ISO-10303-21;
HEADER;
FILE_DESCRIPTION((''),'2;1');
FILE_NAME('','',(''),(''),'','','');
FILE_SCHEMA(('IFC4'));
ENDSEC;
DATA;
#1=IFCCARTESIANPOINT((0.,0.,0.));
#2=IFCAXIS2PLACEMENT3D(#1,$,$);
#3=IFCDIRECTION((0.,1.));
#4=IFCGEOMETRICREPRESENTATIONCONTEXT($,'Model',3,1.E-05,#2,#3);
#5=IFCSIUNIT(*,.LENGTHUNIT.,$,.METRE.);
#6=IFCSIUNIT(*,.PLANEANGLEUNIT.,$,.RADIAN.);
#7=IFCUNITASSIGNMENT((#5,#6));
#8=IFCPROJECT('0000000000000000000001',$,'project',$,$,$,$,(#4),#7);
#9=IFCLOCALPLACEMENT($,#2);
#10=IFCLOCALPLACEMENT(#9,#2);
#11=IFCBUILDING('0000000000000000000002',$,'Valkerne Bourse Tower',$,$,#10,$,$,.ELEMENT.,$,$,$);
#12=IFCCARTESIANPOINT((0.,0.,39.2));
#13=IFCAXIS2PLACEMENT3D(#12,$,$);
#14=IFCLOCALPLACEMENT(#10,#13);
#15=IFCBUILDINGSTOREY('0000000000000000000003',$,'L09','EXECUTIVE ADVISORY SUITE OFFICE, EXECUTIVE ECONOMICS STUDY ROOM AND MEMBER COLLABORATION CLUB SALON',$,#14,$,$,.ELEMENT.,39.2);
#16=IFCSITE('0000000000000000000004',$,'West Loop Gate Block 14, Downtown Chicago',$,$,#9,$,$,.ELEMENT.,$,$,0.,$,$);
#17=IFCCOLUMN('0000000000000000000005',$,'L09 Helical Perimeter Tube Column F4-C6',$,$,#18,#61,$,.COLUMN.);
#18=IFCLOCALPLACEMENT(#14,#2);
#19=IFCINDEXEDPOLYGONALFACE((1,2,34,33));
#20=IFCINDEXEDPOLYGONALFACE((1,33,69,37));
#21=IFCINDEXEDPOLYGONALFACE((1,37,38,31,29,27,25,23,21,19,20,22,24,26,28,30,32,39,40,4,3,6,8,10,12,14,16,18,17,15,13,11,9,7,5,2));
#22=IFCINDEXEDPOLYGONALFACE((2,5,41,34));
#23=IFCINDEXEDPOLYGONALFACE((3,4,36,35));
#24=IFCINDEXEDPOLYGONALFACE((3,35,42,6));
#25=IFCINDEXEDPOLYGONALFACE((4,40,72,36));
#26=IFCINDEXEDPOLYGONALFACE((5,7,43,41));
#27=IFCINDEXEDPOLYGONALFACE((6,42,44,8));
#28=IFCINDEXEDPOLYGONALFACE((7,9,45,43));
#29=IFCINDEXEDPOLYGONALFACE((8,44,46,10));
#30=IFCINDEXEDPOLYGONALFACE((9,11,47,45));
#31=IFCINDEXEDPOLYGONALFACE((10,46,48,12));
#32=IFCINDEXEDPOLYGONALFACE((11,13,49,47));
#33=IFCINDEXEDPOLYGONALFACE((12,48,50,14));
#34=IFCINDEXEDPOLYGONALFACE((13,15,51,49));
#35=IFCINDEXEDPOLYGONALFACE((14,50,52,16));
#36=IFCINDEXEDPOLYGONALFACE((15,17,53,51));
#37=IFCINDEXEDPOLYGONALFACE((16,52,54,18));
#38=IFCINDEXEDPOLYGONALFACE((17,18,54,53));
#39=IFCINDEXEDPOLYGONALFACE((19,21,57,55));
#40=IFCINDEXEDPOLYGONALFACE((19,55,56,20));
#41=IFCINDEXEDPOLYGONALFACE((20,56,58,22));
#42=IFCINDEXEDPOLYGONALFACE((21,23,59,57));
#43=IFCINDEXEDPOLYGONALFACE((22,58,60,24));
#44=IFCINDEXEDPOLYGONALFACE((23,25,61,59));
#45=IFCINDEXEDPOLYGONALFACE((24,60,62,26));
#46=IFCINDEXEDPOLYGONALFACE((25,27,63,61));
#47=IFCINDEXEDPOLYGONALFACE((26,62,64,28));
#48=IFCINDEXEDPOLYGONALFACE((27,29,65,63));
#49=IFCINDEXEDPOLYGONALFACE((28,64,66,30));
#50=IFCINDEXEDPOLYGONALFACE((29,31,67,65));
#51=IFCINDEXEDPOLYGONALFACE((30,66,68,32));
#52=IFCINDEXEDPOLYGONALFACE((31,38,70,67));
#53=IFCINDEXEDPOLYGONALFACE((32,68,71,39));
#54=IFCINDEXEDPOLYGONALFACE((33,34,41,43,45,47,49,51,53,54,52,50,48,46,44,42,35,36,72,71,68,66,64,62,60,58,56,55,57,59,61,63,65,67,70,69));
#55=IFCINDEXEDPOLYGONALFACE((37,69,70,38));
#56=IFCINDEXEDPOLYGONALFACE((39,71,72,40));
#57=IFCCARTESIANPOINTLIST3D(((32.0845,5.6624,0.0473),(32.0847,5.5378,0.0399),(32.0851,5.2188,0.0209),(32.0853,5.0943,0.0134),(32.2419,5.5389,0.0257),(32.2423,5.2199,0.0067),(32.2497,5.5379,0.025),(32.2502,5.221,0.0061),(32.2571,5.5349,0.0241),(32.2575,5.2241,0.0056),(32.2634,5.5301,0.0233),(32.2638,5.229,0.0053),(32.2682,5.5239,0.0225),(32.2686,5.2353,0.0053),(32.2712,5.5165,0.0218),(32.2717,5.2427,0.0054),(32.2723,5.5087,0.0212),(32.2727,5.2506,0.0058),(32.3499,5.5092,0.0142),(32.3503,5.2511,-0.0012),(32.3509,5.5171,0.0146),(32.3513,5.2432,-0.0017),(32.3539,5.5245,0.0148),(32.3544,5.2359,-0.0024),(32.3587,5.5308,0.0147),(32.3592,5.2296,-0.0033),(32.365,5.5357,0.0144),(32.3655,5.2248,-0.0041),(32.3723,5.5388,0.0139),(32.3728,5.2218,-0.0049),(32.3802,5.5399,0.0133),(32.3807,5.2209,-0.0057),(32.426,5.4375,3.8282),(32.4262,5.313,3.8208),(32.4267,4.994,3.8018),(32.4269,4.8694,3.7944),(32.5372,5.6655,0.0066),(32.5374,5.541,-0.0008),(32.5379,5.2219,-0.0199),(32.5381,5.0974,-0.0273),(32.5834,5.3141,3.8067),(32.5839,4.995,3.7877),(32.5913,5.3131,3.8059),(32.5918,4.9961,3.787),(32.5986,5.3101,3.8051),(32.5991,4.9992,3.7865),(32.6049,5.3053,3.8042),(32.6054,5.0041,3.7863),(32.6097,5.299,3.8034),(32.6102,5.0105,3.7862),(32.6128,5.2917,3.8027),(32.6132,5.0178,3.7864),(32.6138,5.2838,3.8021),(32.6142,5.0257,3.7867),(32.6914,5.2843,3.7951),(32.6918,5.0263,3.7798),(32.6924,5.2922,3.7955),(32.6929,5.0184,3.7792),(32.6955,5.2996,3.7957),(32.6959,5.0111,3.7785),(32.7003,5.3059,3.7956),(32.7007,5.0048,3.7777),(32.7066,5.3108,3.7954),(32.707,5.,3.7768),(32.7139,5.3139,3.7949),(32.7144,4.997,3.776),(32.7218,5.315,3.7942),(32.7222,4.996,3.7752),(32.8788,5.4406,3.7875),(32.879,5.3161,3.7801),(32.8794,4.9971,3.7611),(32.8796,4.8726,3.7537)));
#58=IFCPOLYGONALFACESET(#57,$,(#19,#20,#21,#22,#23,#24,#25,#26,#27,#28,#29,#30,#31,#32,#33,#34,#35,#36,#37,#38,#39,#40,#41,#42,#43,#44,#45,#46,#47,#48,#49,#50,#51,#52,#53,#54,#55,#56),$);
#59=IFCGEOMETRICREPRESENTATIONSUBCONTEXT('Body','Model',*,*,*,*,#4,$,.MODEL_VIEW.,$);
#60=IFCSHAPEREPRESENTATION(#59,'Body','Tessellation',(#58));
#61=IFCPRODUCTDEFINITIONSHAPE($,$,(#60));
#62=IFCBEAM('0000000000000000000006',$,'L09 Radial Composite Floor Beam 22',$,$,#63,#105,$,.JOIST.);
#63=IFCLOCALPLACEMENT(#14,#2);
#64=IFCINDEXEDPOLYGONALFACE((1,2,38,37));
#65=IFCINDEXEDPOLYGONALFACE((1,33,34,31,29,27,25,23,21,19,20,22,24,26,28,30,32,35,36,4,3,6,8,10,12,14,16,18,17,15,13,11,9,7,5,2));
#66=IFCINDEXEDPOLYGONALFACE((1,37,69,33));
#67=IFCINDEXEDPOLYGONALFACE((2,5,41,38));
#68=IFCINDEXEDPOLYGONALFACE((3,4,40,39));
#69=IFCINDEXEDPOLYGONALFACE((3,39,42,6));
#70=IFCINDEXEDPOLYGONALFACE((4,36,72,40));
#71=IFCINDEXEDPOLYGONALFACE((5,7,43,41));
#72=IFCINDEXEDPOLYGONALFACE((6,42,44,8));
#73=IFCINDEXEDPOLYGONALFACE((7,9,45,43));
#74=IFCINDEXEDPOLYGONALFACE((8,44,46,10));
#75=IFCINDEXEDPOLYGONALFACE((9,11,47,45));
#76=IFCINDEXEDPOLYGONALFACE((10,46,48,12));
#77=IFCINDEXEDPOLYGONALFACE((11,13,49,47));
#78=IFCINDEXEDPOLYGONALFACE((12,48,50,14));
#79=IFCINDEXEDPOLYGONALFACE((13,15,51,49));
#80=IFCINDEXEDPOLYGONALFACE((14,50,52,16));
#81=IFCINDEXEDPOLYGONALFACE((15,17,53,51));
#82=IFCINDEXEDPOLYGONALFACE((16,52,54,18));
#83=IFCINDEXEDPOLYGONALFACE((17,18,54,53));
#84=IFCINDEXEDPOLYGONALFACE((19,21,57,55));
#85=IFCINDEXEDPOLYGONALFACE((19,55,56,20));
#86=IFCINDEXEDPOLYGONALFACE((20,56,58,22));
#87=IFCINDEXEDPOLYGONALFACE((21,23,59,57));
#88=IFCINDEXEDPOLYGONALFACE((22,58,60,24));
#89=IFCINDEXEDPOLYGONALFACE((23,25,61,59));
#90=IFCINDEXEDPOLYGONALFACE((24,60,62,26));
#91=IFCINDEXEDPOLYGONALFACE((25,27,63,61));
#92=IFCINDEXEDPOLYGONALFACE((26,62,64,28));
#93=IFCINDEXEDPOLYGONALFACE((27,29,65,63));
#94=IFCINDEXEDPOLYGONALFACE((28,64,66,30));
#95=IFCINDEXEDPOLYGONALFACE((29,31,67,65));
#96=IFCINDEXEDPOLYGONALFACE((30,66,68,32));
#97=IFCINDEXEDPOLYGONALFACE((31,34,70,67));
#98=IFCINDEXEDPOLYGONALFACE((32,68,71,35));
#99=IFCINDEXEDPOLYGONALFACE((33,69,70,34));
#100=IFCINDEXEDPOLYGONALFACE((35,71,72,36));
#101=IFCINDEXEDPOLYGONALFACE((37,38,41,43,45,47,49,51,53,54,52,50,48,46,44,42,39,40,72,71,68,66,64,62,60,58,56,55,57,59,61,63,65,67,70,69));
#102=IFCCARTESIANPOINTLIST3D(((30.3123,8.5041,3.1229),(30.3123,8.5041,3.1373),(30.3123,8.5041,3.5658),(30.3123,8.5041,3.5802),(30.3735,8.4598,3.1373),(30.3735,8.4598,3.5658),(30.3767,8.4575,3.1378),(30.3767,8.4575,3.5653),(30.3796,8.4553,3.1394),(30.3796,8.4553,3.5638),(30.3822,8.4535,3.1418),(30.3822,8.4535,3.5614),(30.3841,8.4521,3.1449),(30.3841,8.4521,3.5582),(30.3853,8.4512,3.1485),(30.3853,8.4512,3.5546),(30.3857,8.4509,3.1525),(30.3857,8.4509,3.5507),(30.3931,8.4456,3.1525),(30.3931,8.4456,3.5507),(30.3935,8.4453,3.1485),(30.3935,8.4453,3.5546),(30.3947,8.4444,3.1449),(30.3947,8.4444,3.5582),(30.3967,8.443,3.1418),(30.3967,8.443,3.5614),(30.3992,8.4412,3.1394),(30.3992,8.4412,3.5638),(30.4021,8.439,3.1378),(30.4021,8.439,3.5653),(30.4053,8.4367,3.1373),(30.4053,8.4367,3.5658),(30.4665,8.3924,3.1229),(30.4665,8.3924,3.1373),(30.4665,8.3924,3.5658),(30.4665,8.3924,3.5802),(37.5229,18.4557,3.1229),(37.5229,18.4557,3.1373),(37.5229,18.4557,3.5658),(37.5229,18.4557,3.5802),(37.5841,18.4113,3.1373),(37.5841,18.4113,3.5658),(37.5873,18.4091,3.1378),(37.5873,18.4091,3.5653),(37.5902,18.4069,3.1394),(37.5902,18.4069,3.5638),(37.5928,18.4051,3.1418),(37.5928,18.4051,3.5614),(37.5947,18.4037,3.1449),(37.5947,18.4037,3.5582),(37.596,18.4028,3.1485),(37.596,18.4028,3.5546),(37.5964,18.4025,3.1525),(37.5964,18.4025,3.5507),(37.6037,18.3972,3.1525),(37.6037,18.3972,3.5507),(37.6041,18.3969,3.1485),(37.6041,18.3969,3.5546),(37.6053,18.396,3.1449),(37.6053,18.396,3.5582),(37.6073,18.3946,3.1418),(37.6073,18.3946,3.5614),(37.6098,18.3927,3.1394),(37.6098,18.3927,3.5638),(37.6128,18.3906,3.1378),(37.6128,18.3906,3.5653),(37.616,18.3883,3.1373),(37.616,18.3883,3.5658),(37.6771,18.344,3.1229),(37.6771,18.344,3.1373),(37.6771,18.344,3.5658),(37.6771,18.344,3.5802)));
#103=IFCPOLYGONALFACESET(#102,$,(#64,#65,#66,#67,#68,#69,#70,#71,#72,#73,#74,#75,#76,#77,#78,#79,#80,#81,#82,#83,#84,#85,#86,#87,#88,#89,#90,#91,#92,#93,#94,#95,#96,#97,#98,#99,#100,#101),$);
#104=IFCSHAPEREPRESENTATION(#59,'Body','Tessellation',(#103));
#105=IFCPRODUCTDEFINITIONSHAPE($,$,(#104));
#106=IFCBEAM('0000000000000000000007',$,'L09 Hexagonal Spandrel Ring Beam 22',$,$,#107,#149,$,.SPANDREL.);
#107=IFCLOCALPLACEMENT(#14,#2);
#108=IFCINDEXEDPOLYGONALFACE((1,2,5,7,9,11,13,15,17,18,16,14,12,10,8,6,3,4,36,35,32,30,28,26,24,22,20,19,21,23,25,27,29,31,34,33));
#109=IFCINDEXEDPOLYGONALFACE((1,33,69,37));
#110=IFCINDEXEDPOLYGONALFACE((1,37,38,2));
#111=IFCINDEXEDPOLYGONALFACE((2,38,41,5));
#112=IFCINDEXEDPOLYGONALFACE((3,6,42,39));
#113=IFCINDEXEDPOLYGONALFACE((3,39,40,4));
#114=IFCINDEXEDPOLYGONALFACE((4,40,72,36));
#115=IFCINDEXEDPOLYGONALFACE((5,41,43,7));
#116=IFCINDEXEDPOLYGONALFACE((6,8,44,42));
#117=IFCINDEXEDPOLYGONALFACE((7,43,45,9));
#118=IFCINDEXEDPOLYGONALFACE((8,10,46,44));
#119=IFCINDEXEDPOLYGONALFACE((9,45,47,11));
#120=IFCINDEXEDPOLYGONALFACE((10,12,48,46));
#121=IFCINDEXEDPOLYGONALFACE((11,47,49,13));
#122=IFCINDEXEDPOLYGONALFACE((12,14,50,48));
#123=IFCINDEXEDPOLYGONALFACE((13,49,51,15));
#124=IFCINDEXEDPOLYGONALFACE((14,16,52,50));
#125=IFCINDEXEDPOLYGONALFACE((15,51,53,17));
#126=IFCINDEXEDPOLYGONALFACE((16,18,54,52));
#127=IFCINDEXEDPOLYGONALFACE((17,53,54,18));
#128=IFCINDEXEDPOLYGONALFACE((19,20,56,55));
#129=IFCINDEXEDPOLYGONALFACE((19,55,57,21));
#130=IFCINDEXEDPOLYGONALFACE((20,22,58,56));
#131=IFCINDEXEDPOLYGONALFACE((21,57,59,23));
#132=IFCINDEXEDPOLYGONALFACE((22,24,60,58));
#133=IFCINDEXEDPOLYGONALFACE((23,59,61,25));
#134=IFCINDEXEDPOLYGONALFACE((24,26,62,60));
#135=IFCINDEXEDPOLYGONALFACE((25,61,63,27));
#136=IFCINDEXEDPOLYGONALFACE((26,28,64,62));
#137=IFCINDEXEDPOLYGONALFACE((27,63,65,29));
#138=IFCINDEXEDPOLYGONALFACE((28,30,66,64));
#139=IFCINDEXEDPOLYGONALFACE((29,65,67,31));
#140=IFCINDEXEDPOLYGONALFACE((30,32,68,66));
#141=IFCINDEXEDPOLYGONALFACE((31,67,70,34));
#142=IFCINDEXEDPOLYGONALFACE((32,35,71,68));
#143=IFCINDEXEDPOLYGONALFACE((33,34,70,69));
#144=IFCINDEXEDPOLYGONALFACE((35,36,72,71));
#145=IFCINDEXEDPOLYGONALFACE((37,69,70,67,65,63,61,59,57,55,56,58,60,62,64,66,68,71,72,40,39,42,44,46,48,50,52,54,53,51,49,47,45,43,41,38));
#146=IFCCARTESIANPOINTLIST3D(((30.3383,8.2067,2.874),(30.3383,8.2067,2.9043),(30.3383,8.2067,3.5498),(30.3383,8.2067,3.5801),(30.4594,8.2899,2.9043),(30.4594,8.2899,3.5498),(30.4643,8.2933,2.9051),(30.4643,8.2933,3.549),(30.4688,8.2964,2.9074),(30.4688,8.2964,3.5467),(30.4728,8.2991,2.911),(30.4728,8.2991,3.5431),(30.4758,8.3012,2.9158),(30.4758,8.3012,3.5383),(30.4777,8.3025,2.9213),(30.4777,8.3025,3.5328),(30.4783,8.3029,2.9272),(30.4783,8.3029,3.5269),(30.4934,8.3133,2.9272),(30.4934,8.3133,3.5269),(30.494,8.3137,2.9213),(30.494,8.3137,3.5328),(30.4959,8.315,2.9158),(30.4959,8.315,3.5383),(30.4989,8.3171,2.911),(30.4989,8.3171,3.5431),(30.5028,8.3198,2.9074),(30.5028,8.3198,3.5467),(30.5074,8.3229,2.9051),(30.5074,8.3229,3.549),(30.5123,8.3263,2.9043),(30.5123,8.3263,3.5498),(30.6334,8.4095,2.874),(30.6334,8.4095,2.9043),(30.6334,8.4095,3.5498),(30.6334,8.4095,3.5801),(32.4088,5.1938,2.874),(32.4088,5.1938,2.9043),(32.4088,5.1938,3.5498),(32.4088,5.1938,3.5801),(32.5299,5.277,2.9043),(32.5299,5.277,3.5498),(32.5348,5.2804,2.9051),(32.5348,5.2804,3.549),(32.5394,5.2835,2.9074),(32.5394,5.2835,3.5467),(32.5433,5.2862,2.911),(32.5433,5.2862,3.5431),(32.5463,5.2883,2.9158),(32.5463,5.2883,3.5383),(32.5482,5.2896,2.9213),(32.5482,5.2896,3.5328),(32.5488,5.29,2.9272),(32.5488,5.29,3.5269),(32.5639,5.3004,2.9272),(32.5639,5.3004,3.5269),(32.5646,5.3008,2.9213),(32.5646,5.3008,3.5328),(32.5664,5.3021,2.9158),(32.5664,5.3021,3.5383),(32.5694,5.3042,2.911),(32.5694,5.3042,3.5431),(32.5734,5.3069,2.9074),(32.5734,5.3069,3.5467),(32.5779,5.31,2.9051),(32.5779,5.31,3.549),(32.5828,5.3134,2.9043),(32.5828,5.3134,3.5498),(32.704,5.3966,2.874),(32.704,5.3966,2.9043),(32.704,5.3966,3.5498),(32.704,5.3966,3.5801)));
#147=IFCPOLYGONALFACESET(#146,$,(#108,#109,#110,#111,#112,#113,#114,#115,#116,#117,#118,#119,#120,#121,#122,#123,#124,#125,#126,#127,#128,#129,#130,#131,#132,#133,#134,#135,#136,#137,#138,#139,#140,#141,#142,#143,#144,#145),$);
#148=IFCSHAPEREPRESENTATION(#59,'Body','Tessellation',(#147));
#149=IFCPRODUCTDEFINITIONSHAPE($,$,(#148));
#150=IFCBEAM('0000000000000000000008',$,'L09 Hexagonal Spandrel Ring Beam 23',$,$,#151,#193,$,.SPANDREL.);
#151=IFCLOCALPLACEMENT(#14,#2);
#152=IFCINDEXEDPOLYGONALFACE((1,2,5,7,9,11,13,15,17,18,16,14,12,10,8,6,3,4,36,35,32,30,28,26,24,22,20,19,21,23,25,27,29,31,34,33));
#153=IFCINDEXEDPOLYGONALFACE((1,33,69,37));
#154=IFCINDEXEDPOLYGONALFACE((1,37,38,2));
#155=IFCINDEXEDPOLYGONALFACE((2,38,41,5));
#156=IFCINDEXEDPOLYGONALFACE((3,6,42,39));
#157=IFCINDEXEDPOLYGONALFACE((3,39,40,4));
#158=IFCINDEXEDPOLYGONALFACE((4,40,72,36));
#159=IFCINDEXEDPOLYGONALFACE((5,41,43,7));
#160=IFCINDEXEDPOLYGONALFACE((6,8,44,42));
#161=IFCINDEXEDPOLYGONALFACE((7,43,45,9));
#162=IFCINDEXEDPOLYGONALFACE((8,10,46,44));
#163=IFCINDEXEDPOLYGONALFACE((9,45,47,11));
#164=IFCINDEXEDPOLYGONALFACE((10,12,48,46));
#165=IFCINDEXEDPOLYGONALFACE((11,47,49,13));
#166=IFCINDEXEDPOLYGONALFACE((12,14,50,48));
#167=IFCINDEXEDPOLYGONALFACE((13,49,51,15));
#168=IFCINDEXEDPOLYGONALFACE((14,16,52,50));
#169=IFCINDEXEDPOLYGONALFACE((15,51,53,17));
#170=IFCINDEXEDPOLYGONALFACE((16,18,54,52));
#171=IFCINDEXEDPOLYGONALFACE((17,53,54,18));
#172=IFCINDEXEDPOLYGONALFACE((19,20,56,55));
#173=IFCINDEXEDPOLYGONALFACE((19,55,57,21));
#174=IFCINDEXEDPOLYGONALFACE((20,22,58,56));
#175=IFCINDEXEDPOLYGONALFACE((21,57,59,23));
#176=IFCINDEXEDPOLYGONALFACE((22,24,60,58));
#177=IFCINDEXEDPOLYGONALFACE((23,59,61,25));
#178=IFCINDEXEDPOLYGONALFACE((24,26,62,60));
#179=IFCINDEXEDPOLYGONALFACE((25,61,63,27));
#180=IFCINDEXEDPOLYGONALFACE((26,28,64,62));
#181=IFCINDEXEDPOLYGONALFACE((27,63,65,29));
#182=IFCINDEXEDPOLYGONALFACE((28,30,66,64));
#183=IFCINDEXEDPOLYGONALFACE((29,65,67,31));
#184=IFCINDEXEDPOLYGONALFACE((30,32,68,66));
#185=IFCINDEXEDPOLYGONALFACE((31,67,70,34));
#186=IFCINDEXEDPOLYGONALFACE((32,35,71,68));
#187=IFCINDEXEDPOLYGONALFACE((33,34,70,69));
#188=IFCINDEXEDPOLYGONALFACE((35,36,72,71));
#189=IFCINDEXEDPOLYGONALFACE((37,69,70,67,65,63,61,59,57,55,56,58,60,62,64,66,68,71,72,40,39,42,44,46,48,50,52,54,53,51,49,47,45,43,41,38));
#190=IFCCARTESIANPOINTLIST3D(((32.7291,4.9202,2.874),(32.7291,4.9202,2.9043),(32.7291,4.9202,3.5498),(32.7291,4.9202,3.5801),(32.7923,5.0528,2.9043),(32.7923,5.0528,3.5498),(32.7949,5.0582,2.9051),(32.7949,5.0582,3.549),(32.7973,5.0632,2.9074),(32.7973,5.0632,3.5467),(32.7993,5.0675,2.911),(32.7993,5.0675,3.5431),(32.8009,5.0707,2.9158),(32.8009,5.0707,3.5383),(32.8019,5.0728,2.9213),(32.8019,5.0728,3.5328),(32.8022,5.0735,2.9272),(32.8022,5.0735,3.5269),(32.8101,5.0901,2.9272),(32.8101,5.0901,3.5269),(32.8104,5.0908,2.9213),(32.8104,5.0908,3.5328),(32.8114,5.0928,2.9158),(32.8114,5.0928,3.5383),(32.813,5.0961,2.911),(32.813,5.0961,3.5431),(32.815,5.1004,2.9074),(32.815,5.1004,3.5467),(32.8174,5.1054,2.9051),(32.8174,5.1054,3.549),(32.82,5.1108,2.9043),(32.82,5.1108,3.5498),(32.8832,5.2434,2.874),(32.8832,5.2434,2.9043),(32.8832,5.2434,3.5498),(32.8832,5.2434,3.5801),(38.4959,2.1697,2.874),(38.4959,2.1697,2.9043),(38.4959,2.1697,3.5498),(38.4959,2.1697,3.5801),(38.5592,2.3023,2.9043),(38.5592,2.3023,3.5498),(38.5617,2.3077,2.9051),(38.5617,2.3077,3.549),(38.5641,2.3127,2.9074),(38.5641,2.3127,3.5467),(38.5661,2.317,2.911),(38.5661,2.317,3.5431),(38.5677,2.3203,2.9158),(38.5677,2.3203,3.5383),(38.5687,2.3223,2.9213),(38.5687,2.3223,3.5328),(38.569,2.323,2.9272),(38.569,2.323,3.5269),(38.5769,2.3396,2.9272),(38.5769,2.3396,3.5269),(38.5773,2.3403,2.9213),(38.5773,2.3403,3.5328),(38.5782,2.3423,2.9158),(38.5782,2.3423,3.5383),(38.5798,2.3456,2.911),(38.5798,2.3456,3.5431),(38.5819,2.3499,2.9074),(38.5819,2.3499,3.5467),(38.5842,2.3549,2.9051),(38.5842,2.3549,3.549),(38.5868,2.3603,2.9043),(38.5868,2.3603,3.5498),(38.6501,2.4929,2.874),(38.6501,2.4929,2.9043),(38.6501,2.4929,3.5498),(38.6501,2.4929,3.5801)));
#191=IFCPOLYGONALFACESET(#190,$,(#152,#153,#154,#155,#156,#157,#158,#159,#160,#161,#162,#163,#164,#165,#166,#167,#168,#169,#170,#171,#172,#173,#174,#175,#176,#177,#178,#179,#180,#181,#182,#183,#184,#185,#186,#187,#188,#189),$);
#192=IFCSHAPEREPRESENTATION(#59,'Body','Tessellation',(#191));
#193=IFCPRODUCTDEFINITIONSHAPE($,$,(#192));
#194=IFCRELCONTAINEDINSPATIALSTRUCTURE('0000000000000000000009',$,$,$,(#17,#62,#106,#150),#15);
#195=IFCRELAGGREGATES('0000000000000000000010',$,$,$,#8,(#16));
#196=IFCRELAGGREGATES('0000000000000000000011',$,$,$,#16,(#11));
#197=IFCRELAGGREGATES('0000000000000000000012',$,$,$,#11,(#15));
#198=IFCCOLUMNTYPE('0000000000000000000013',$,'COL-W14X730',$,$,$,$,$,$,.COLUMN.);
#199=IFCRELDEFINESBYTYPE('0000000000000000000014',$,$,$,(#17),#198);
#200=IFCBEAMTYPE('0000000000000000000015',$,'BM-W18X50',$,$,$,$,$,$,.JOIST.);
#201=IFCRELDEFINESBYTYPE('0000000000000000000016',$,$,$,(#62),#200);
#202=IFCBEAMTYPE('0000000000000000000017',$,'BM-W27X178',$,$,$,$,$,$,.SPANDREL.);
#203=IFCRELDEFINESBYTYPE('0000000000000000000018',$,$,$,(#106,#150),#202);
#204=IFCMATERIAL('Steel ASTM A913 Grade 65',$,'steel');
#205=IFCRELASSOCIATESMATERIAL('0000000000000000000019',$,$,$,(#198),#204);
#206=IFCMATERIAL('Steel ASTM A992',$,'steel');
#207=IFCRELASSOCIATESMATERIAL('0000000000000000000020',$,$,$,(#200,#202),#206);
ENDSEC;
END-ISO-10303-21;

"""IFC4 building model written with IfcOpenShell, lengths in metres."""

from ifc_helpers import new_model, si_unit, direction, frame, origin, origin_2d, place, context, subcontext, project, spatial, i_section, extrude, material, material_profile, profile_set, type_object, element, save


model = new_model("IFC4")

# Units and contexts
model_context = context("Model", 3, precision=1e-05, world=origin(), true_north=direction((0.0, 1.0)))
body_context = subcontext(model_context, "Body", "Model", "MODEL_VIEW")
ifc_project = project(units=[si_unit("LENGTHUNIT", "METRE"), si_unit("PLANEANGLEUNIT", "RADIAN")], contexts=[model_context])

# Site, building, storey
site_placement = place(None, origin())
site = spatial("IfcSite", under=ifc_project, at=site_placement, Name="West Loop Gate Block 14, Downtown Chicago", CompositionType="ELEMENT", RefElevation=0.0)
building_placement = place(site_placement, origin())
building = spatial("IfcBuilding", under=site, at=building_placement, Name="Valkerne Bourse Tower", CompositionType="ELEMENT")
storey_placement = place(building_placement, frame((0.0, 0.0, 39.2)))
storey = spatial("IfcBuildingStorey", under=building, at=storey_placement, Name="L09", Description="EXECUTIVE ADVISORY SUITE OFFICE, EXECUTIVE ECONOMICS STUDY ROOM AND MEMBER COLLABORATION CLUB SALON", CompositionType="ELEMENT", Elevation=39.2)

# Column
ifc_material_1 = material(Name="Steel ASTM A913 Grade 65", Category="steel")
ifc_material_profile_1 = material_profile(ifc_material_1, i_section(OverallWidth=0.4546, OverallDepth=0.5691, WebThickness=0.0779, FlangeThickness=0.1248, FilletRadius=0.0305, at=origin_2d()), Name="W14X730")
ifc_profile_set_1 = profile_set([ifc_material_profile_1], Name="Steel ASTM A913 Grade 65")
column_type = type_object("IfcColumnType", Name="COL-W14X730", PredefinedType="COLUMN", material=ifc_profile_set_1)
column_placement = place(storey_placement, frame((32.3113, 5.3799, 0.01), z_axis=(0.08981, -0.059124, 0.994202), x_axis=(0.995958, 0.006879, -0.08956)))
element("IfcColumn", 1, at=column_placement, inside=storey, type_object=column_type, Name="L09 Helical Perimeter Tube Column F4-C6", PredefinedType="COLUMN", context=body_context, shape_type="SweptSolid", body=[
    extrude(i_section(OverallWidth=0.4546, OverallDepth=0.5691, WebThickness=0.0779, FlangeThickness=0.1248, FilletRadius=0.0305, at=origin_2d()), origin(), (0.0, 0.0, 1.0), 3.803),
])

# Beams
ifc_material_2 = material(Name="Steel ASTM A992", Category="steel")
ifc_material_profile_2 = material_profile(ifc_material_2, i_section(OverallWidth=0.1904, OverallDepth=0.4573, WebThickness=0.009, FlangeThickness=0.0144, FilletRadius=0.0151, at=origin_2d()), Name="W18X50")
ifc_profile_set_2 = profile_set([ifc_material_profile_2], Name="Steel ASTM A992")
beam_type_1 = type_object("IfcBeamType", Name="BM-W18X50", PredefinedType="JOIST", material=ifc_profile_set_2)
beam_1_placement = place(storey_placement, frame((30.3894, 8.4482, 3.3516), z_axis=(0.58674, 0.809775, 0.0), x_axis=(-0.809775, 0.58674, 0.0)))
element("IfcBeam", 2, at=beam_1_placement, inside=storey, type_object=beam_type_1, Name="L09 Radial Composite Floor Beam 22", PredefinedType="JOIST", context=body_context, shape_type="SweptSolid", body=[
    extrude(i_section(OverallWidth=0.1904, OverallDepth=0.4573, WebThickness=0.009, FlangeThickness=0.0144, FilletRadius=0.0151, at=origin_2d()), origin(), (0.0, 0.0, 1.0), 12.2893),
])
ifc_material_profile_3 = material_profile(ifc_material_2, i_section(OverallWidth=0.3582, OverallDepth=0.7061, WebThickness=0.0183, FlangeThickness=0.0303, FilletRadius=0.0229, at=origin_2d()), Name="W27X178")
ifc_profile_set_3 = profile_set([ifc_material_profile_3], Name="Steel ASTM A992")
beam_type_2 = type_object("IfcBeamType", Name="BM-W27X178", PredefinedType="SPANDREL", material=ifc_profile_set_3)
beam_2_placement = place(storey_placement, frame((30.4858, 8.3081, 3.2271), z_axis=(0.566373, -0.824149, 0.0), x_axis=(0.824149, 0.566373, 0.0)))
element("IfcBeam", 3, at=beam_2_placement, inside=storey, type_object=beam_type_2, Name="L09 Hexagonal Spandrel Ring Beam 22", PredefinedType="SPANDREL", context=body_context, shape_type="SweptSolid", body=[
    extrude(i_section(OverallWidth=0.3582, OverallDepth=0.7061, WebThickness=0.0183, FlangeThickness=0.0303, FilletRadius=0.0229, at=origin_2d()), origin(), (0.0, 0.0, 1.0), 3.6558),
])
beam_3_placement = place(storey_placement, frame((32.8062, 5.0818, 3.2271), z_axis=(0.902595, -0.430491, 0.0), x_axis=(0.430491, 0.902595, 0.0)))
element("IfcBeam", 4, at=beam_3_placement, inside=storey, type_object=beam_type_2, Name="L09 Hexagonal Spandrel Ring Beam 23", PredefinedType="SPANDREL", context=body_context, shape_type="SweptSolid", body=[
    extrude(i_section(OverallWidth=0.3582, OverallDepth=0.7061, WebThickness=0.0183, FlangeThickness=0.0303, FilletRadius=0.0229, at=origin_2d()), origin(), (0.0, 0.0, 1.0), 6.3892),
])

save(model, "model.ifc")
